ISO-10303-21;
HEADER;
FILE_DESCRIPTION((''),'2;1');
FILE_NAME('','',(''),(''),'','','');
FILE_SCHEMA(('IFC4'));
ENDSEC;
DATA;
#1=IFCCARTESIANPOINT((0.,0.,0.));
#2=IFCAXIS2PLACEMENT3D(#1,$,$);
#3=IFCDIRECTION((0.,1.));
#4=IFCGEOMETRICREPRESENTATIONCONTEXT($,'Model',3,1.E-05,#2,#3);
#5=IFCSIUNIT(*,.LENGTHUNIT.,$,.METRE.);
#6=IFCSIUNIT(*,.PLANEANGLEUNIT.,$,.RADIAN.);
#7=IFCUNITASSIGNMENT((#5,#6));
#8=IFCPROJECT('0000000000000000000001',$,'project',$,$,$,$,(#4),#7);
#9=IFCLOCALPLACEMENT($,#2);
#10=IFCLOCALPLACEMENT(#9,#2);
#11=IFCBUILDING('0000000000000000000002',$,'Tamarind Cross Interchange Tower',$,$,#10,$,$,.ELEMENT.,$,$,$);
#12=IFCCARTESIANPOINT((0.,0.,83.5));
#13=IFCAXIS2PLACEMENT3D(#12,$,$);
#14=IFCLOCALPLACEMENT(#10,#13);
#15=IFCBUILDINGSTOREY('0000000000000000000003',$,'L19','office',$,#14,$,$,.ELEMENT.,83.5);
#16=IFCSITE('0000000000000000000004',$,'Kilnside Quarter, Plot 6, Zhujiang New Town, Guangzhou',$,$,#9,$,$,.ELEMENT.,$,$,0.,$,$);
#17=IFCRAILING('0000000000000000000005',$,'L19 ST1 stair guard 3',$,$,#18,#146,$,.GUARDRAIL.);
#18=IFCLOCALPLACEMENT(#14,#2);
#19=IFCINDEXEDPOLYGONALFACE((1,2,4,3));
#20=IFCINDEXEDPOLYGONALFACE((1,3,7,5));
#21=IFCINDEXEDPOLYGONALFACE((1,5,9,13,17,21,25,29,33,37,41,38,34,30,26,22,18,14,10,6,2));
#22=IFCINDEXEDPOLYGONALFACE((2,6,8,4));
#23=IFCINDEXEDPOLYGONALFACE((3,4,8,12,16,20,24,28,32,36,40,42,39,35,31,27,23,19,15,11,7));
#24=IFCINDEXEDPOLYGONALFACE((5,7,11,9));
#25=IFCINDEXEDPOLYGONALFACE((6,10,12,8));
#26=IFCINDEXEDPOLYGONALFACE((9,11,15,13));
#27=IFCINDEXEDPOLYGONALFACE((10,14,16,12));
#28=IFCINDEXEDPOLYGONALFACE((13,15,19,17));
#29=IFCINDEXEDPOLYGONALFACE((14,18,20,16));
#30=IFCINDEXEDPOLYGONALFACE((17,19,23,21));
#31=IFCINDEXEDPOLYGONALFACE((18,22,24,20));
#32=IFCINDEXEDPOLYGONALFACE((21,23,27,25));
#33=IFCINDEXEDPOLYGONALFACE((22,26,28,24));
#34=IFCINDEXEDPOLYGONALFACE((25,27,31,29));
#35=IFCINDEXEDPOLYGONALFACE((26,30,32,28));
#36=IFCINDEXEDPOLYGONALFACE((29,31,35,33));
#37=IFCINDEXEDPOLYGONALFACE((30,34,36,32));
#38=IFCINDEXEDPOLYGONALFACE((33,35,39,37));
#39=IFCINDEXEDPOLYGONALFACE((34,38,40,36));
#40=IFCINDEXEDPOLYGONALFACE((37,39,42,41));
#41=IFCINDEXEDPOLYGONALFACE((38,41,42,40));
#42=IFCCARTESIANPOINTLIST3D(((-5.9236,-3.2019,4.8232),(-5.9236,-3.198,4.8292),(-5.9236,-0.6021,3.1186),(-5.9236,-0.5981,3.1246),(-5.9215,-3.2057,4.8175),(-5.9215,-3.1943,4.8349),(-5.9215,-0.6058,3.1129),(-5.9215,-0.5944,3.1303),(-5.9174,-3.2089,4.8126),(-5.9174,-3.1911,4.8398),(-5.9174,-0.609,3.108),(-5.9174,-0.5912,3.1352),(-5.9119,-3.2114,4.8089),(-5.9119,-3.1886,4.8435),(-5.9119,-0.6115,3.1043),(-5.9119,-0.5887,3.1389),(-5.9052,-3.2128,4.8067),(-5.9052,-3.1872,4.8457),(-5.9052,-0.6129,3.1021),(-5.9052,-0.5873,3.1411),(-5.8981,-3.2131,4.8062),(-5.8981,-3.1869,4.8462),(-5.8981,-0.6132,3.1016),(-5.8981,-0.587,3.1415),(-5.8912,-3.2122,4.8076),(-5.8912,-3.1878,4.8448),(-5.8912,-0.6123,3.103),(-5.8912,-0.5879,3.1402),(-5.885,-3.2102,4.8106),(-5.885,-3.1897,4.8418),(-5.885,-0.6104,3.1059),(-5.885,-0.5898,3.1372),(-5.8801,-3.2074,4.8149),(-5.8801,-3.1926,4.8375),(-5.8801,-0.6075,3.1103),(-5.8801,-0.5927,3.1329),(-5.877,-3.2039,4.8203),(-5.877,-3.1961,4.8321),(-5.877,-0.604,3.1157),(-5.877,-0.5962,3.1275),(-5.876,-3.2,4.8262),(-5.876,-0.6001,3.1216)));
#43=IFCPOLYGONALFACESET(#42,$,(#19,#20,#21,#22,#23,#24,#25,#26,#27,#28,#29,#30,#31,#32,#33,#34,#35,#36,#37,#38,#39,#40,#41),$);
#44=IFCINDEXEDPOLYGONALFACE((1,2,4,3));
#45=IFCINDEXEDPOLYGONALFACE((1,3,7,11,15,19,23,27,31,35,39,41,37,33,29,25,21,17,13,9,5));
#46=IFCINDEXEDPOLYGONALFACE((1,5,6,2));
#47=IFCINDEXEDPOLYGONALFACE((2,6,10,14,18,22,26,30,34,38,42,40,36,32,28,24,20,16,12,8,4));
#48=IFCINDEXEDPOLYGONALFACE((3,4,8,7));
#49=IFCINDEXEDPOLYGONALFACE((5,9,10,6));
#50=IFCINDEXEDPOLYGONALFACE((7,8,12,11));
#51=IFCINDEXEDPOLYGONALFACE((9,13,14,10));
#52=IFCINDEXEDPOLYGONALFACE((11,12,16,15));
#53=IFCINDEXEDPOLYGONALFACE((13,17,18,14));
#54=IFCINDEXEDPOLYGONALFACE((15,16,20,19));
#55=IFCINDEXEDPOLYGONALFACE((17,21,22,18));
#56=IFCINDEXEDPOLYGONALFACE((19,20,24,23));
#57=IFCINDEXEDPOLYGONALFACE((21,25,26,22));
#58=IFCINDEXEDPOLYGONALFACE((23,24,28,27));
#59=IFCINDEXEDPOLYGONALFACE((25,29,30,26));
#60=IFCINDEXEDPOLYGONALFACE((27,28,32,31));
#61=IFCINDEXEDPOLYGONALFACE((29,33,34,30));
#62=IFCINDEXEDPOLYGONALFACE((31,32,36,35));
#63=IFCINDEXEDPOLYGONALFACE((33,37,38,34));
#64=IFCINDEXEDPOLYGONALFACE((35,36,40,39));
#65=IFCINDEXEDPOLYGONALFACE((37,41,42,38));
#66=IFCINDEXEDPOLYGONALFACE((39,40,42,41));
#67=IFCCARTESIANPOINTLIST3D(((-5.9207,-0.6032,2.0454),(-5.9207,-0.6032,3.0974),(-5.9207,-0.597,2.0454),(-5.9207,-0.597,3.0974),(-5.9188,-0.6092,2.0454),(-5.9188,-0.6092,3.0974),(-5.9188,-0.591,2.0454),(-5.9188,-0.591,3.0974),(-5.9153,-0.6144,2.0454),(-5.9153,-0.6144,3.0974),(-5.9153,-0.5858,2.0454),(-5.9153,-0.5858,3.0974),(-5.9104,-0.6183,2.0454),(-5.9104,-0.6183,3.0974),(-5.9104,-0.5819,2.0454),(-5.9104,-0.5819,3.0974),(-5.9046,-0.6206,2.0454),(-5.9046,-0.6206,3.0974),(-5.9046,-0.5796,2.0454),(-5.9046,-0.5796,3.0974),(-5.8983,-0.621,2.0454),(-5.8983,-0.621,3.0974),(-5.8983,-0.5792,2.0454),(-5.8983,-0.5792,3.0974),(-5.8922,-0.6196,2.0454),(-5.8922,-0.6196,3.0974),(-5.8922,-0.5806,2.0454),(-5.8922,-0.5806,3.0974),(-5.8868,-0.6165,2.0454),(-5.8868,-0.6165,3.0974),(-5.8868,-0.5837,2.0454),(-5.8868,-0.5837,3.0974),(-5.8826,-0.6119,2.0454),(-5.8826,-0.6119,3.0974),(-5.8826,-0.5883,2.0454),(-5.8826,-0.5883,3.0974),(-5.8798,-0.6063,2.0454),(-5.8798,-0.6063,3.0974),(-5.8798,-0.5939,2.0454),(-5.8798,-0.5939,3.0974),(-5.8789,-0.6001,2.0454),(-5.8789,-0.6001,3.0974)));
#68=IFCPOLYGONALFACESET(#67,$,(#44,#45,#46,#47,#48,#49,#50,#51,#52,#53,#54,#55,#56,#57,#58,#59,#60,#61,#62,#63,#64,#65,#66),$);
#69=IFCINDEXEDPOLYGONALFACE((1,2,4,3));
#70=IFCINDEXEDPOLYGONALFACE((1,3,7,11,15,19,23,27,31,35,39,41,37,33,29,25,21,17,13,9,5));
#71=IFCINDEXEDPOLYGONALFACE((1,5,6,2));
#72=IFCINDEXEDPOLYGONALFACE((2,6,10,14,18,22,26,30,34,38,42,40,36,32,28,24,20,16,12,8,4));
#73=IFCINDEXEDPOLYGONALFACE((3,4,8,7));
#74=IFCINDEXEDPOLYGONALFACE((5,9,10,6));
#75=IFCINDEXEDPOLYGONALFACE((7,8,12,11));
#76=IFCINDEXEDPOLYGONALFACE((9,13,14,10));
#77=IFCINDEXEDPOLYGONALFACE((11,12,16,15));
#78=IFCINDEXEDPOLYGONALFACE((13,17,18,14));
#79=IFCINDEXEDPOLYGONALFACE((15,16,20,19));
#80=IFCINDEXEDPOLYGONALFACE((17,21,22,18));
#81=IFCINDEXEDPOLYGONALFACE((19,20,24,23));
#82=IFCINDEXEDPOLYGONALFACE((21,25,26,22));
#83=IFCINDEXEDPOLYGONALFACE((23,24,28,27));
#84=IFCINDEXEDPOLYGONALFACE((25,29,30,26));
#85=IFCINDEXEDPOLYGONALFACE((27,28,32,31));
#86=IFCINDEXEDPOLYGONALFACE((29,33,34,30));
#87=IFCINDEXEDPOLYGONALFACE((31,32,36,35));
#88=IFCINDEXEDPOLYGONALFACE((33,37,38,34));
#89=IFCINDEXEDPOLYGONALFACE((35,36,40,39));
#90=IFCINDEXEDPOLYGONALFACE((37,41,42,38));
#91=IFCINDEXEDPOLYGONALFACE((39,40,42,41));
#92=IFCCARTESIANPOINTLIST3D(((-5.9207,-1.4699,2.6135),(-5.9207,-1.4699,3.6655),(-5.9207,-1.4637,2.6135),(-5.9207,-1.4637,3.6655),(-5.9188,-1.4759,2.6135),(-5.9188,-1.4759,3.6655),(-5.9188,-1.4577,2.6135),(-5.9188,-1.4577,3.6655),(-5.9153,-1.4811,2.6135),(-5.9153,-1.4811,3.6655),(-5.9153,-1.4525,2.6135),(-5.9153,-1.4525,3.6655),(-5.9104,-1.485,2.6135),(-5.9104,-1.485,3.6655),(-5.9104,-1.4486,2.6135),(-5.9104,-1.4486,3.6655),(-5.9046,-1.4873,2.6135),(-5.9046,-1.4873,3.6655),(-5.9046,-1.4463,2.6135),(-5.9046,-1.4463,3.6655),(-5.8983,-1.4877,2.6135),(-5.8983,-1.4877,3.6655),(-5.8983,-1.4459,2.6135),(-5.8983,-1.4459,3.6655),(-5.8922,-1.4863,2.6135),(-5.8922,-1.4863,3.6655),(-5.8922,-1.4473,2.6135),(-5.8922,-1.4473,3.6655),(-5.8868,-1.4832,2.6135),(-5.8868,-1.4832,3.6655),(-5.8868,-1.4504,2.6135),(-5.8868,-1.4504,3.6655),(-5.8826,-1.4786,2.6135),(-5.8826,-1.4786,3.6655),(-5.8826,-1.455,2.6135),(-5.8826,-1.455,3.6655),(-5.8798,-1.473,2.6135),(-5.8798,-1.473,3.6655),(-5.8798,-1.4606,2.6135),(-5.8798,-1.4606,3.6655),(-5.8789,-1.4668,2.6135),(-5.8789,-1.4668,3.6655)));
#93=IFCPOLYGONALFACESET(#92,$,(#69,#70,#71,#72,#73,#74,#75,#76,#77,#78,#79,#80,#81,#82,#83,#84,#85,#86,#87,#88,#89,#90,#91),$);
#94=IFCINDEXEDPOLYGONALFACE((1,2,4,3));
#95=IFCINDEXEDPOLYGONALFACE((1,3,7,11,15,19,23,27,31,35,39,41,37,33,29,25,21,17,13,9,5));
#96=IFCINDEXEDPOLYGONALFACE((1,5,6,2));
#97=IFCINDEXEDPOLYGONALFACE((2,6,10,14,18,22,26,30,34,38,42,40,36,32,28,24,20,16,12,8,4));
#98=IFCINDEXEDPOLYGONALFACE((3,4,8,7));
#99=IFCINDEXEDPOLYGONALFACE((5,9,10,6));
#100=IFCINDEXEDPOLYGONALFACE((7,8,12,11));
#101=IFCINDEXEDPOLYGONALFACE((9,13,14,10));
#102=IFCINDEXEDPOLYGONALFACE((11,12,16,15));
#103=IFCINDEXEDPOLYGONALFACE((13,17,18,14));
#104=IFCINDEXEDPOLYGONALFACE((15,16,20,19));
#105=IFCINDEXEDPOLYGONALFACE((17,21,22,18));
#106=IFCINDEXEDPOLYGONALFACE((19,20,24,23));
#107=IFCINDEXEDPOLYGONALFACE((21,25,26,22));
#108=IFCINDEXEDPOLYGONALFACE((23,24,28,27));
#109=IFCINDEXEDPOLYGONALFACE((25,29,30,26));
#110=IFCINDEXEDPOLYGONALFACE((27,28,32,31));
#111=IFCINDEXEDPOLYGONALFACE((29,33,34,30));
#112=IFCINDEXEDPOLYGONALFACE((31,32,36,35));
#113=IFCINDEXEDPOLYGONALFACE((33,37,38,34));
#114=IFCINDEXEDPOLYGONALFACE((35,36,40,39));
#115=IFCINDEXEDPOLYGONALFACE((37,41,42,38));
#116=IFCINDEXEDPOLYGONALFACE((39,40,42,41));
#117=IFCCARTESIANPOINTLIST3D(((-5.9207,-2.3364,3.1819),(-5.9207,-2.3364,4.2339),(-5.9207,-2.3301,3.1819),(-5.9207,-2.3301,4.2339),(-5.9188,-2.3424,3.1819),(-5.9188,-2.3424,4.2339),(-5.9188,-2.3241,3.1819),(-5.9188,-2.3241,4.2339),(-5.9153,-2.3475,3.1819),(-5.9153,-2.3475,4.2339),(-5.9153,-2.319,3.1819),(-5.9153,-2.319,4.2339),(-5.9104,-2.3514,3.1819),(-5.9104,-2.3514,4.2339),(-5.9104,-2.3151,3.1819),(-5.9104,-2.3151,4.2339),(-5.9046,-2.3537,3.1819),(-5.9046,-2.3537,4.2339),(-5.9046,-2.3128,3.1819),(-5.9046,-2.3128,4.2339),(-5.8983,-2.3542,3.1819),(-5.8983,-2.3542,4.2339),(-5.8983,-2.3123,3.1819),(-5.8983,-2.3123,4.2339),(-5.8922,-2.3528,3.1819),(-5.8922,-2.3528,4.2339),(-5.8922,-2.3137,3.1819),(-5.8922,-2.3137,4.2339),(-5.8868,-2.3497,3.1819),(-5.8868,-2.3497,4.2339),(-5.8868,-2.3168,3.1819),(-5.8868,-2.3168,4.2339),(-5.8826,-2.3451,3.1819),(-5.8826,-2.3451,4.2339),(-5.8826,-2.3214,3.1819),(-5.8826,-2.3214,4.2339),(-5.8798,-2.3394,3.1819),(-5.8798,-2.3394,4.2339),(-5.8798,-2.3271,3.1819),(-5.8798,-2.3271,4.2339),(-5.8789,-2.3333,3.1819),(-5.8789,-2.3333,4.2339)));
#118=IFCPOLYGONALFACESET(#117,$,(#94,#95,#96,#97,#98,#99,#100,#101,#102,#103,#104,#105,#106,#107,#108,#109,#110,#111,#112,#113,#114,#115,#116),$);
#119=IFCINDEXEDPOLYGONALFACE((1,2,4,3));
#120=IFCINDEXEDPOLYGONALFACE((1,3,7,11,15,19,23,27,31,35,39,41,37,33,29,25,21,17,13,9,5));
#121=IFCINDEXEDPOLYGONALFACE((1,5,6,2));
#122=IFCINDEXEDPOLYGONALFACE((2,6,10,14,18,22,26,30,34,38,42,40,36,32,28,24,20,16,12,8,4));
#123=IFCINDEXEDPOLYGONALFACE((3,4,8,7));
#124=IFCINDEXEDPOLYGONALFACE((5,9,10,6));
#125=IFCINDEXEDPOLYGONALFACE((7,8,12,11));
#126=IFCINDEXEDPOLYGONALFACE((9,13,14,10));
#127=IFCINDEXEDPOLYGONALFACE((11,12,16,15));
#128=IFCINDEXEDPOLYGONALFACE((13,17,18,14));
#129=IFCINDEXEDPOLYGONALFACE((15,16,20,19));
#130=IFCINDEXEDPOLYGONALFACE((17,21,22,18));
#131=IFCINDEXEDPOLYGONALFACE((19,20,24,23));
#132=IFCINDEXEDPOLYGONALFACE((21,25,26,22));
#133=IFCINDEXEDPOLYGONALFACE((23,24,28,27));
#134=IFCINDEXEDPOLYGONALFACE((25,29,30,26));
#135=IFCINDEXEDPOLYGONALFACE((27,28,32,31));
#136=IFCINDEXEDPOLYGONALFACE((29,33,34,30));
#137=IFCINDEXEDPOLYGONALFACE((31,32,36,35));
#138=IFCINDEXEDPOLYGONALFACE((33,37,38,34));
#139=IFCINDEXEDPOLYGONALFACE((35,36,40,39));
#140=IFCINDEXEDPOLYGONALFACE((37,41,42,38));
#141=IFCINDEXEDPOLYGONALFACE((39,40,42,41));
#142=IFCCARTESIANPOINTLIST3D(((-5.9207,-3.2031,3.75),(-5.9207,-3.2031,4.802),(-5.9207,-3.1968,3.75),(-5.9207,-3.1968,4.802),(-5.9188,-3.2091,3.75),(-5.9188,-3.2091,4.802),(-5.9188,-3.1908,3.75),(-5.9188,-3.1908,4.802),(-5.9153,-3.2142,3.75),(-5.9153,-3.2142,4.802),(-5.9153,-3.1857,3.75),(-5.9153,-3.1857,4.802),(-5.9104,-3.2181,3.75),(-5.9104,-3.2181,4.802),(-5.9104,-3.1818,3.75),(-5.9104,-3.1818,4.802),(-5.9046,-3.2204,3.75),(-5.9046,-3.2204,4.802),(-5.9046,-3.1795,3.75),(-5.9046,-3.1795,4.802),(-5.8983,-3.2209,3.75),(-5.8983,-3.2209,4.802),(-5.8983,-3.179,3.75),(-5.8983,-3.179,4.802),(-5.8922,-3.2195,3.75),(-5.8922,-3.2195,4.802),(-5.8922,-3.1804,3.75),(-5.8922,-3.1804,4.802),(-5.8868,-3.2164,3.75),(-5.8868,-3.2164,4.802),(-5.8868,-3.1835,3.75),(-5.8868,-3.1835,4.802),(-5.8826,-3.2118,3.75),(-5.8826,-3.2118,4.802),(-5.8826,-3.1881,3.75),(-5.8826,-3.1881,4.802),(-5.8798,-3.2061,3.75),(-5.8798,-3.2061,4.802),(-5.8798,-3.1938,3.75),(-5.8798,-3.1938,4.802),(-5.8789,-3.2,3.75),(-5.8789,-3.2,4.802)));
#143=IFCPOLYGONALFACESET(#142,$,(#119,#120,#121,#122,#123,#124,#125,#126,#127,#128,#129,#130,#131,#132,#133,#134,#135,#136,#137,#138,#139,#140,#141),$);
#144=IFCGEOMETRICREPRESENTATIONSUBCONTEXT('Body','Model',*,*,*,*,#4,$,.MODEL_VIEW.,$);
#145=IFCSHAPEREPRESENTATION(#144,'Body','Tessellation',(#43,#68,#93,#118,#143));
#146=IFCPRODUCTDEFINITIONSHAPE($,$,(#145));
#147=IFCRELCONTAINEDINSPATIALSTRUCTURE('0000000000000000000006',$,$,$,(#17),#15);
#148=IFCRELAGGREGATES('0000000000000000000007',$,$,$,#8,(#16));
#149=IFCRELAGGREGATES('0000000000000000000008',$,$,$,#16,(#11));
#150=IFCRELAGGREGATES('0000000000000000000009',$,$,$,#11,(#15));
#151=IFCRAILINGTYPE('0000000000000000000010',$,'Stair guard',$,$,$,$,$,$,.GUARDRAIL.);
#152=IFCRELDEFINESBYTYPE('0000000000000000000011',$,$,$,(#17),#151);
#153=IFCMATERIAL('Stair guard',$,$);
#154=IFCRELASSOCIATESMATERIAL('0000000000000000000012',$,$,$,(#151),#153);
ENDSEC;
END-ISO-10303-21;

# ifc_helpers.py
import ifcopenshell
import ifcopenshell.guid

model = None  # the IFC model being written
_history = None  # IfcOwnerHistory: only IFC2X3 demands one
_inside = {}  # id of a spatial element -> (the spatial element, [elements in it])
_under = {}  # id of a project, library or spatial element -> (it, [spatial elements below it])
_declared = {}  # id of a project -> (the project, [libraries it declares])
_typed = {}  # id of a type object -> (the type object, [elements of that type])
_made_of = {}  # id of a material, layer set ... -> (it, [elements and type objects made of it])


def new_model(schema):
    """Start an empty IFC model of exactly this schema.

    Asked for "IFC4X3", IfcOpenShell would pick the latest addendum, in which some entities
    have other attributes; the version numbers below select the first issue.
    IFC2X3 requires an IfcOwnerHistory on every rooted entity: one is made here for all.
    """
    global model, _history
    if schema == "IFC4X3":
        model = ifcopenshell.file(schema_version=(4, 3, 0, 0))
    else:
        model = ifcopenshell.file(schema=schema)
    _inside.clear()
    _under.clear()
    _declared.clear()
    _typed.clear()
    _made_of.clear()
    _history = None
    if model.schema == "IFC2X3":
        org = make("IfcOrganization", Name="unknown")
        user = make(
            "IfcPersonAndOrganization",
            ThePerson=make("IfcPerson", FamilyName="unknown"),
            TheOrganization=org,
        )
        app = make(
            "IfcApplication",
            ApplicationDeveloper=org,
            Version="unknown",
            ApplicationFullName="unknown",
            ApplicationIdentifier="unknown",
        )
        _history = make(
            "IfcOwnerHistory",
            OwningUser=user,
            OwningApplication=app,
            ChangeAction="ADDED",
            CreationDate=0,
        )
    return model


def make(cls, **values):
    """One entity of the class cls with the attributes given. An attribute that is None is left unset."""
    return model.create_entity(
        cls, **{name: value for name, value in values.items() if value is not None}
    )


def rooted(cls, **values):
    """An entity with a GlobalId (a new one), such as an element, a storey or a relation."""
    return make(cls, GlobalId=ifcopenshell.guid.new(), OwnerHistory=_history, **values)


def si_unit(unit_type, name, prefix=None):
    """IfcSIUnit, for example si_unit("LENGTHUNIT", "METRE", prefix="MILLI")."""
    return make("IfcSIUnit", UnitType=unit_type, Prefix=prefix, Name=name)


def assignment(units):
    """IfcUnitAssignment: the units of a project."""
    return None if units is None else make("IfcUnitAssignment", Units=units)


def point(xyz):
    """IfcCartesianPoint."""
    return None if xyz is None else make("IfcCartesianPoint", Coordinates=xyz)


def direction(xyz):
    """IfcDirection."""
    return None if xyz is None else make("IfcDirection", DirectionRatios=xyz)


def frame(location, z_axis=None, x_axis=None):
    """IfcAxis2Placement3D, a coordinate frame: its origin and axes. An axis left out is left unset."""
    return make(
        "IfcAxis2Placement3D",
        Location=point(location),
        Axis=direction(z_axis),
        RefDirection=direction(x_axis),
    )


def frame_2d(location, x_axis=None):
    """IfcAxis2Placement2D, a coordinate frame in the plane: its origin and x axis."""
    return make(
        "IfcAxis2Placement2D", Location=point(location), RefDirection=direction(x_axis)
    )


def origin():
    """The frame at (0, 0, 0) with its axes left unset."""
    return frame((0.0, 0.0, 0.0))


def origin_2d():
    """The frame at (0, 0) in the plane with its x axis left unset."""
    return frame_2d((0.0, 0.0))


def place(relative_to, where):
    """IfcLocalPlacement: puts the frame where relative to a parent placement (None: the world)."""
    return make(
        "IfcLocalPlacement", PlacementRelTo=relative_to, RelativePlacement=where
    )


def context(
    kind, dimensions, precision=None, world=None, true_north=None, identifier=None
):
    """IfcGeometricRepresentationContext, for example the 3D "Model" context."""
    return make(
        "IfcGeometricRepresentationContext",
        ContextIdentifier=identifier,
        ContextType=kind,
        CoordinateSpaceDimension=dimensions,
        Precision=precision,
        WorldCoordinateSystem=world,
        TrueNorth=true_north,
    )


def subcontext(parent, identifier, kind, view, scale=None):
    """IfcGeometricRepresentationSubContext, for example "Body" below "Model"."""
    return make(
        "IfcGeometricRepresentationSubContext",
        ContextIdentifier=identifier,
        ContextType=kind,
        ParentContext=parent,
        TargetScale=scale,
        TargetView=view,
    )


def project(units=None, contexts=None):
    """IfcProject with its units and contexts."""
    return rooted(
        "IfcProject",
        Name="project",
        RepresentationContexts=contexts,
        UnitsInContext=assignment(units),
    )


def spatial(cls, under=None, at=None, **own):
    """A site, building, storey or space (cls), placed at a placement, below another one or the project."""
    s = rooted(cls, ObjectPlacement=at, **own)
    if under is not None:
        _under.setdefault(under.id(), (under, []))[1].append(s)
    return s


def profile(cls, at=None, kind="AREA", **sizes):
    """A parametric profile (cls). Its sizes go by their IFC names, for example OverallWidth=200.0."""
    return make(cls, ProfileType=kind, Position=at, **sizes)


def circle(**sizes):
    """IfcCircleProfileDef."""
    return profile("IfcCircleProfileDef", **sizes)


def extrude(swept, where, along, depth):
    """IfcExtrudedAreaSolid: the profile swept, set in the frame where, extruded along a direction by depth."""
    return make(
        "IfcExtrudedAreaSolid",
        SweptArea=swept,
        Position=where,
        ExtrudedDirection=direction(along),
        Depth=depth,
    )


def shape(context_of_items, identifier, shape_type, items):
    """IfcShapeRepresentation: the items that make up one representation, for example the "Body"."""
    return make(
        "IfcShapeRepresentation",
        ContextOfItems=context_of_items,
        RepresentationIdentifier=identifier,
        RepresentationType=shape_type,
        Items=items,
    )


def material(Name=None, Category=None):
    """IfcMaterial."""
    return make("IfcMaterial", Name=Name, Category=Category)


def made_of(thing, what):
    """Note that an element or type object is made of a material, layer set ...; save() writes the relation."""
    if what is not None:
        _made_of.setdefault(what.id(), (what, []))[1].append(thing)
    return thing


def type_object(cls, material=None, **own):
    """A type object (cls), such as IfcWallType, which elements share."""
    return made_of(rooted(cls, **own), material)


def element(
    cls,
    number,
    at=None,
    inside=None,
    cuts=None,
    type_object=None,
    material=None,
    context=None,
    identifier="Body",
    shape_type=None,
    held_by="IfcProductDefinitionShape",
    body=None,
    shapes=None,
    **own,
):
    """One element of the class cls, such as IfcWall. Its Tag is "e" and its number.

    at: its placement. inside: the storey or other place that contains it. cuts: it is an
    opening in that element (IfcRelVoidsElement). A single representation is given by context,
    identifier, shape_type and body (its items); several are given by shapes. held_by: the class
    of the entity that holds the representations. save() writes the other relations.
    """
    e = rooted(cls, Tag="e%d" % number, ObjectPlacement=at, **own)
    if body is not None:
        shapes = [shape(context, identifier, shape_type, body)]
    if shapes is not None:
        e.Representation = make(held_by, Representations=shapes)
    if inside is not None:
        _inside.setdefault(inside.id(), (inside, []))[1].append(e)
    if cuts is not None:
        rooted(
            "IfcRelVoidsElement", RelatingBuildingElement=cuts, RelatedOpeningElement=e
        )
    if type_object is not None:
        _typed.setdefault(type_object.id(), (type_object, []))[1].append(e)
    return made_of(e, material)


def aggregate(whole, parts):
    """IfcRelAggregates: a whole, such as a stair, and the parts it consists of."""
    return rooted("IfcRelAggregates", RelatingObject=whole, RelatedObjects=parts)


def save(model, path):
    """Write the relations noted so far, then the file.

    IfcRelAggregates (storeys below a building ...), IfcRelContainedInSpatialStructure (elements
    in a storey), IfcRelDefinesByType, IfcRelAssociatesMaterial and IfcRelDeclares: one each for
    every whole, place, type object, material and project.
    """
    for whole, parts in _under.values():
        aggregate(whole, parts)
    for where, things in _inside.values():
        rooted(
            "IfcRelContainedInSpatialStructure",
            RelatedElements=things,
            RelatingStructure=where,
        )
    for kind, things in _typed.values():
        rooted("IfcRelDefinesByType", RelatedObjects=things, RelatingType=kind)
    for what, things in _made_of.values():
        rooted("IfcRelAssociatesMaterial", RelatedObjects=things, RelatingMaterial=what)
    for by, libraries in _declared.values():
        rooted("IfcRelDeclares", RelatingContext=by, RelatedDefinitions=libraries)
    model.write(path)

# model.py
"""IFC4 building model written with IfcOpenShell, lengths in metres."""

from ifc_helpers import new_model, si_unit, direction, frame, origin, origin_2d, place, context, subcontext, project, spatial, circle, extrude, material, type_object, element, save


model = new_model("IFC4")

# Units and contexts
model_context = context("Model", 3, precision=1e-05, world=origin(), true_north=direction((0.0, 1.0)))
body_context = subcontext(model_context, "Body", "Model", "MODEL_VIEW")
ifc_project = project(units=[si_unit("LENGTHUNIT", "METRE"), si_unit("PLANEANGLEUNIT", "RADIAN")], contexts=[model_context])

# Site, building, storey
site_placement = place(None, origin())
site = spatial("IfcSite", under=ifc_project, at=site_placement, Name="Kilnside Quarter, Plot 6, Zhujiang New Town, Guangzhou", CompositionType="ELEMENT", RefElevation=0.0)
building_placement = place(site_placement, origin())
building = spatial("IfcBuilding", under=site, at=building_placement, Name="Tamarind Cross Interchange Tower", CompositionType="ELEMENT")
storey_placement = place(building_placement, frame((0.0, 0.0, 83.5)))
storey = spatial("IfcBuildingStorey", under=building, at=storey_placement, Name="L19", Description="office", CompositionType="ELEMENT", Elevation=83.5)

# Railing
ifc_material_1 = material(Name="Stair guard")
railing_type_1 = type_object("IfcRailingType", Name="Stair guard", PredefinedType="GUARDRAIL", material=ifc_material_1)
railing_1_placement = place(storey_placement, frame((-5.8999, -0.6001, 2.0454)))
element("IfcRailing", 1, at=railing_1_placement, inside=storey, type_object=railing_type_1, Name="L19 ST1 stair guard 3", PredefinedType="GUARDRAIL", context=body_context, shape_type="SweptSolid", body=[
    extrude(circle(Radius=0.0239, at=origin_2d()), frame((0.0, 0.0, 1.0762), z_axis=(0.0, -0.836279, 0.548305), x_axis=(1.0, 0.0, 0.0)), (0.0, 0.0, 1.0), 3.1089),
    extrude(circle(Radius=0.021, at=origin_2d()), origin(), (0.0, 0.0, 1.0), 1.052),
    extrude(circle(Radius=0.021, at=origin_2d()), frame((0.0, -0.8667, 0.5681)), (0.0, 0.0, 1.0), 1.052),
    extrude(circle(Radius=0.021, at=origin_2d()), frame((0.0, -1.7332, 1.1365)), (0.0, 0.0, 1.0), 1.052),
    extrude(circle(Radius=0.021, at=origin_2d()), frame((0.0, -2.5999, 1.7046)), (0.0, 0.0, 1.0), 1.052),
])

save(model, "model.ifc")
